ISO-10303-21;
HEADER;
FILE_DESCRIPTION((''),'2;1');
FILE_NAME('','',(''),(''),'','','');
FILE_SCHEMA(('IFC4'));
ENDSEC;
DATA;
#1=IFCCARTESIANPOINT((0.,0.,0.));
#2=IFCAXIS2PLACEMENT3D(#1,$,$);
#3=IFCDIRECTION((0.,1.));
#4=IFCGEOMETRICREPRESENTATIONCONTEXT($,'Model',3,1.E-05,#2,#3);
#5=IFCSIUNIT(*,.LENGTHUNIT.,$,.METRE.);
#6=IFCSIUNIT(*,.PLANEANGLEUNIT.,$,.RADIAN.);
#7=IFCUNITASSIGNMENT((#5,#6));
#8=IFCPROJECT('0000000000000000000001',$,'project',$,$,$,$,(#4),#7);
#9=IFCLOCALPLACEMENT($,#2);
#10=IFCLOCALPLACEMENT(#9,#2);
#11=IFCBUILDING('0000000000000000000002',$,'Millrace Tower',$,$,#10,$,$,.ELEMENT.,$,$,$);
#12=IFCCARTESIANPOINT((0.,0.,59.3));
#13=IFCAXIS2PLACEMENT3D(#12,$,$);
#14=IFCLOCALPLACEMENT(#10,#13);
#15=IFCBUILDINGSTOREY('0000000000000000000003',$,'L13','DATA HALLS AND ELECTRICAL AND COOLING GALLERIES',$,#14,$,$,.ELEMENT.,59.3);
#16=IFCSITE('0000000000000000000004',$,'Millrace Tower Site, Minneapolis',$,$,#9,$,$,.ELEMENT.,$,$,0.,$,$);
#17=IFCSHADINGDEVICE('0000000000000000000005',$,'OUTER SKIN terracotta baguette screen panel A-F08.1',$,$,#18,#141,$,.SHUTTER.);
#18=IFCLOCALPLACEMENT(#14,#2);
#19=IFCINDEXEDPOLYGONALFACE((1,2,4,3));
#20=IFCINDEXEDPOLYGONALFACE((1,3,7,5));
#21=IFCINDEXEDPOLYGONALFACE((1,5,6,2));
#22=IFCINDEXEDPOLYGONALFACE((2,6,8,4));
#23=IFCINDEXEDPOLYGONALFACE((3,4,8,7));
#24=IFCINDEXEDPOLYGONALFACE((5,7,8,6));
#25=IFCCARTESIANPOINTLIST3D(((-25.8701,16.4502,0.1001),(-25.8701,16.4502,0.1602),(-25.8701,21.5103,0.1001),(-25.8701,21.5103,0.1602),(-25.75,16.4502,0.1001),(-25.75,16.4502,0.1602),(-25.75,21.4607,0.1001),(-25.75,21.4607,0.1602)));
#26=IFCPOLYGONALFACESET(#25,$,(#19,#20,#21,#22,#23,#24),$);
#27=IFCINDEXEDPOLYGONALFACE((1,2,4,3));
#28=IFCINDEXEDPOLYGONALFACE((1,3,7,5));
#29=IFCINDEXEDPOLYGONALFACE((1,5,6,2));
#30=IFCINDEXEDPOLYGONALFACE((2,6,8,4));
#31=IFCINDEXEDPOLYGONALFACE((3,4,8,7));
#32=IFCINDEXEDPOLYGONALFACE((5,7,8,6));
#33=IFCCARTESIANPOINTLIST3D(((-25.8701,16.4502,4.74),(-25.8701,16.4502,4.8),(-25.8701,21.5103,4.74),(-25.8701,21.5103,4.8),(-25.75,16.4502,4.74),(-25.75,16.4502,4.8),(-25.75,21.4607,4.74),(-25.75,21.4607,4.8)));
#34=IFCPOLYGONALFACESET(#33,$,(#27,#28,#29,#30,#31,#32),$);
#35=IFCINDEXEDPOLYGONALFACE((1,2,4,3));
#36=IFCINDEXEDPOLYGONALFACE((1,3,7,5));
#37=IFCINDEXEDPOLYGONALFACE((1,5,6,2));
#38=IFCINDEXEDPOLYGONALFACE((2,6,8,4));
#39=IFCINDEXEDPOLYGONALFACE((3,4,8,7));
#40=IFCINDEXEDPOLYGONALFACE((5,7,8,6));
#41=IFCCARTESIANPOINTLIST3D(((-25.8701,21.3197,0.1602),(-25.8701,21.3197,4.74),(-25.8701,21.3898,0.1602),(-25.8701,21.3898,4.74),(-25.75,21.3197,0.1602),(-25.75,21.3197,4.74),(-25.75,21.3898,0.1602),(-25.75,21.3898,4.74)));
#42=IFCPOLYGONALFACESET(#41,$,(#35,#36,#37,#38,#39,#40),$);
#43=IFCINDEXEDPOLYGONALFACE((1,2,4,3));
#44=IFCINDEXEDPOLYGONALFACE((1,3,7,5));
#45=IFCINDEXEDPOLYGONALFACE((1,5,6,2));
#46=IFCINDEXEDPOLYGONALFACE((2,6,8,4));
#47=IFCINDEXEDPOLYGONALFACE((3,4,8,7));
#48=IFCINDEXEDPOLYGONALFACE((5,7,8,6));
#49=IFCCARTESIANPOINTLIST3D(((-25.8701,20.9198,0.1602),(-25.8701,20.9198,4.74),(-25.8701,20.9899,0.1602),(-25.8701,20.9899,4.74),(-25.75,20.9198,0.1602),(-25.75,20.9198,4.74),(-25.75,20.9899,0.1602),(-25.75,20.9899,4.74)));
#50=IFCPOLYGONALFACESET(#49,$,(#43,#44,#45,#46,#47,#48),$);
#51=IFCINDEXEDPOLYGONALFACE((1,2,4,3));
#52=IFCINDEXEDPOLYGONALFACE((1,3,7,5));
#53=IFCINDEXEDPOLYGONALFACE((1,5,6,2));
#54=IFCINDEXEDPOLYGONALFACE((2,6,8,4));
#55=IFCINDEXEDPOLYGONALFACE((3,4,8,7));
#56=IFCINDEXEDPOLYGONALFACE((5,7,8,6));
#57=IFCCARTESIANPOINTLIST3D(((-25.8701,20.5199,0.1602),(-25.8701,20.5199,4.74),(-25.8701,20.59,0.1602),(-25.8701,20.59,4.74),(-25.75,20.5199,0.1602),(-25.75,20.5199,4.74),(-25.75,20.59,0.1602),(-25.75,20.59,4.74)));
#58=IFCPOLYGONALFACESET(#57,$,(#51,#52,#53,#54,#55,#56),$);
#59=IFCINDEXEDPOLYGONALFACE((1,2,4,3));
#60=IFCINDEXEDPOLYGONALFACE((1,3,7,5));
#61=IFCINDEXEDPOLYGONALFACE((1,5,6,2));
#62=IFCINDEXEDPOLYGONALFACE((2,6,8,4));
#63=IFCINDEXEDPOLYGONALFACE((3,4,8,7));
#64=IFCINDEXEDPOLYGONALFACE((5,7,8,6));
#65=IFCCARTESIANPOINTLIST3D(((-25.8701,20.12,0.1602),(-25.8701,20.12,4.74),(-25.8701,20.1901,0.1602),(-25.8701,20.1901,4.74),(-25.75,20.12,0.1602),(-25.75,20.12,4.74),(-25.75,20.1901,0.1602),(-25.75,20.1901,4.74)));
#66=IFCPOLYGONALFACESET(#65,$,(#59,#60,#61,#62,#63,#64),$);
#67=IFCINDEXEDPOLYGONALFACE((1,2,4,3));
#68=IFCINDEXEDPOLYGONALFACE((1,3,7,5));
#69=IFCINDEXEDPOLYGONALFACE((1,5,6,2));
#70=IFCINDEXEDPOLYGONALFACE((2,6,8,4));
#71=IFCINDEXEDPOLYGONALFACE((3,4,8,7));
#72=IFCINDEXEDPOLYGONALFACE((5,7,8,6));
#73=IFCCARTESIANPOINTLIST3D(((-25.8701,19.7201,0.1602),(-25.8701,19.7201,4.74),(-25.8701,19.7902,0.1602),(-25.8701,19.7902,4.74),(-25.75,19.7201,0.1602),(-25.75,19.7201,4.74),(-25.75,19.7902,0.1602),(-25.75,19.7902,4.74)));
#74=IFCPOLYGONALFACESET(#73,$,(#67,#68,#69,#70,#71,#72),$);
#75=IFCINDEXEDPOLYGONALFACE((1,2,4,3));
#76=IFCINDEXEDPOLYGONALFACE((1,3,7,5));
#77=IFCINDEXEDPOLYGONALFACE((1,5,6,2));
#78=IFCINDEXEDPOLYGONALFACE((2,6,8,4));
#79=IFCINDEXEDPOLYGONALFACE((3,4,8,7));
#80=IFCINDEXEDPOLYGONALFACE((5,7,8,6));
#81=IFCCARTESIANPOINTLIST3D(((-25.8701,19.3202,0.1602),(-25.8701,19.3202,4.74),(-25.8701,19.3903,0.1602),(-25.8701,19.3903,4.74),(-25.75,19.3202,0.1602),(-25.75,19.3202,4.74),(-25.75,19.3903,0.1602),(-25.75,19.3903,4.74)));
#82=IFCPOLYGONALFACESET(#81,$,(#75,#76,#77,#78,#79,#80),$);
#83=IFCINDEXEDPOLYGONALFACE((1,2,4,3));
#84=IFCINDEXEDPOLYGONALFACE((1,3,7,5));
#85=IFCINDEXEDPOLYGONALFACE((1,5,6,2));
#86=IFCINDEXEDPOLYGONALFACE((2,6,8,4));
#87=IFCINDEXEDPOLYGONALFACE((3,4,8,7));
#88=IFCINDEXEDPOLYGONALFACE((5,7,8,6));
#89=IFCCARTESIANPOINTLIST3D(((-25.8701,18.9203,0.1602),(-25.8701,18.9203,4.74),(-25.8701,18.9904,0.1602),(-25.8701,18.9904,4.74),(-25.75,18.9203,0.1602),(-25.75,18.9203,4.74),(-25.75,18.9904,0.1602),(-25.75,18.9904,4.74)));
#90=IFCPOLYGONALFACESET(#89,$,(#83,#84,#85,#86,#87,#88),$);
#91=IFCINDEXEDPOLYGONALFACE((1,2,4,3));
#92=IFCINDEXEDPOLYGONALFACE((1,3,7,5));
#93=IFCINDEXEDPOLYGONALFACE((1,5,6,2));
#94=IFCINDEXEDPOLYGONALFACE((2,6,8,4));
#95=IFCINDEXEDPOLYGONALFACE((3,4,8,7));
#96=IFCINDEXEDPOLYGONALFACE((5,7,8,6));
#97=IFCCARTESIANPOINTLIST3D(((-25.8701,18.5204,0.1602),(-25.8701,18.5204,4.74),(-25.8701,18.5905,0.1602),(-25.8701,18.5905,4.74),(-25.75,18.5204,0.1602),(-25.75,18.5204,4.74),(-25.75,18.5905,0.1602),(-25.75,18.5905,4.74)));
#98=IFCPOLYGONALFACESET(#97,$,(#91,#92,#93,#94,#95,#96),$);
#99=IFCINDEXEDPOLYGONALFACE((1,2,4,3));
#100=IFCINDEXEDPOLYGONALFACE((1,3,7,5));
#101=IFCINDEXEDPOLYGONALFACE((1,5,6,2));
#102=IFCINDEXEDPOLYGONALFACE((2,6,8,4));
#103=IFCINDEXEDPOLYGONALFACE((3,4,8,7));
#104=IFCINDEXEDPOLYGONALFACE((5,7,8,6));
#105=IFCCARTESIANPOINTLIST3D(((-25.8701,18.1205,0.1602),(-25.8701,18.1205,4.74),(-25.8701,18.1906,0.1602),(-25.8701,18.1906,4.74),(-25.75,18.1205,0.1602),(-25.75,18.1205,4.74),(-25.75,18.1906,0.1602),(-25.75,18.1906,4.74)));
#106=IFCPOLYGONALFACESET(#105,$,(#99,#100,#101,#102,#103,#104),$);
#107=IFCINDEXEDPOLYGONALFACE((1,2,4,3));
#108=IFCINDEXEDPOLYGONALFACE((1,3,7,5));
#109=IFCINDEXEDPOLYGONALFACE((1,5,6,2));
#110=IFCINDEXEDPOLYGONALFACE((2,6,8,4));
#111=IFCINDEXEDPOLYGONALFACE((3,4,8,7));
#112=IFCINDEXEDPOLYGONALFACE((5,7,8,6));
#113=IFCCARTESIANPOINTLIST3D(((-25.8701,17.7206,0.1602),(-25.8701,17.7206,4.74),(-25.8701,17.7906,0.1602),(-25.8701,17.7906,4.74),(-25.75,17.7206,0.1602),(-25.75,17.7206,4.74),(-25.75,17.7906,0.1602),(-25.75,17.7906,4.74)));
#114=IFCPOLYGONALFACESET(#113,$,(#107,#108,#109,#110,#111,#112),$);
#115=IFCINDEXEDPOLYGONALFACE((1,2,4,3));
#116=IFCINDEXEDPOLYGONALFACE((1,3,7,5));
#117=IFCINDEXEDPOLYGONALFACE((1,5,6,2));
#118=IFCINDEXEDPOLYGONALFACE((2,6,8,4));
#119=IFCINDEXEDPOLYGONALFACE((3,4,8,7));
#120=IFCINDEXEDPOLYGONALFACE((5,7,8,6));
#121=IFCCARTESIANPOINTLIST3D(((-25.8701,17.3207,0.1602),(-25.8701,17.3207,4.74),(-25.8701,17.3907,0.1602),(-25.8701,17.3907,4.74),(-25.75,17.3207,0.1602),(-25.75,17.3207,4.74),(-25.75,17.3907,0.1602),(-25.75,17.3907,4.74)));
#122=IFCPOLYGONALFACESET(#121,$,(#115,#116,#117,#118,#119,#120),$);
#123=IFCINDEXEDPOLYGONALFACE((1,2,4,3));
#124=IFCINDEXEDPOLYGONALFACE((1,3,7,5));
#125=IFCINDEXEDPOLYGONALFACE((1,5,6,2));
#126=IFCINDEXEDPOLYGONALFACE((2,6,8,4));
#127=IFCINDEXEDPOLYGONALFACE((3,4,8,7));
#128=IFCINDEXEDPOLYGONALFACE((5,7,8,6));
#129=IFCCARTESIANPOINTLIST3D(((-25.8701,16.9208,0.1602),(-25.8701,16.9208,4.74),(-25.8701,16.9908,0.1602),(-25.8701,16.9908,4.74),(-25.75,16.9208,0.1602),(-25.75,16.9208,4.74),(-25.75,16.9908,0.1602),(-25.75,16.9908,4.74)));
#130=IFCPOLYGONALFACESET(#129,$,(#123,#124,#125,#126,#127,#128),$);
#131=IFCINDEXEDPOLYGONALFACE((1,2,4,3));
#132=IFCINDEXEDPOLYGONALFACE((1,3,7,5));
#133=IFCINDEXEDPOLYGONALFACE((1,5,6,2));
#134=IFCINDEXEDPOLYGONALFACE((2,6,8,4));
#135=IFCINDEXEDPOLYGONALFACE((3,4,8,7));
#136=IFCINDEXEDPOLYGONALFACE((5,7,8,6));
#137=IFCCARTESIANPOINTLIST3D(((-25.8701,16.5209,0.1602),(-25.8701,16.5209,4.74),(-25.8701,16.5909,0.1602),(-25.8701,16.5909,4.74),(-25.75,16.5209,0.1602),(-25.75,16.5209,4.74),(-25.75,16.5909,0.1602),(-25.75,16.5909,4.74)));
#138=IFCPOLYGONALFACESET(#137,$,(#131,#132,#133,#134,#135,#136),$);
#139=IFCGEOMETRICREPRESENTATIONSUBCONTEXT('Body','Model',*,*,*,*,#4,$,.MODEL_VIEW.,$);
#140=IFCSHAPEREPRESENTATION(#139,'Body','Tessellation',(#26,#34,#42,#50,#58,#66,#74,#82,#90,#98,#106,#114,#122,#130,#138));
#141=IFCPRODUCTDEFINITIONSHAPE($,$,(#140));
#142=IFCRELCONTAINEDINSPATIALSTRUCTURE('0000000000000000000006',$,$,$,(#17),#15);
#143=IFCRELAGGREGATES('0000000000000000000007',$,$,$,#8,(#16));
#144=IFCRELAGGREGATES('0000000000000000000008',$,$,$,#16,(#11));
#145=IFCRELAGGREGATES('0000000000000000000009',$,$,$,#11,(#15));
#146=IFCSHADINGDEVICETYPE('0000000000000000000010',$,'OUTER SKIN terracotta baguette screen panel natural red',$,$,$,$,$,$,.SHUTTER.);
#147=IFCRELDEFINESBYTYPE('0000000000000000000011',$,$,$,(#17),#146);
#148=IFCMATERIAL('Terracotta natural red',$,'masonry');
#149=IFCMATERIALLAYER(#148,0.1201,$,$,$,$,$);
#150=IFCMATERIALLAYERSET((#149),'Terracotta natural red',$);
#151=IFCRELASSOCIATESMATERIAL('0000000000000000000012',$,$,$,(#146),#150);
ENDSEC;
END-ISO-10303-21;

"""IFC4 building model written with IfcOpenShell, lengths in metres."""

from ifc_helpers import new_model, entity, si_unit, direction, frame, frame_2d, origin, place, context, subcontext, project, spatial, rectangle, extrude, source, transform, mapped, material, layer, layer_set, type_object, element, save


model = new_model("IFC4")

# Units and contexts
model_context = context("Model", 3, precision=1e-05, world=origin(), true_north=direction((0.0, 1.0)))
body_context = subcontext(model_context, "Body", "Model", "MODEL_VIEW")
ifc_project = project(units=[si_unit("LENGTHUNIT", "METRE"), si_unit("PLANEANGLEUNIT", "RADIAN")], contexts=[model_context])

# Site, building, storey
site_placement = place(None, origin())
site = spatial("IfcSite", under=ifc_project, at=site_placement, Name="Millrace Tower Site, Minneapolis", CompositionType="ELEMENT", RefElevation=0.0)
building_placement = place(site_placement, origin())
building = spatial("IfcBuilding", under=site, at=building_placement, Name="Millrace Tower", CompositionType="ELEMENT")
storey_placement = place(building_placement, frame((0.0, 0.0, 59.3)))
storey = spatial("IfcBuildingStorey", under=building, at=storey_placement, Name="L13", Description="DATA HALLS AND ELECTRICAL AND COOLING GALLERIES", CompositionType="ELEMENT", Elevation=59.3)

# Shading device
ifc_material_1 = material(Name="Terracotta natural red", Category="masonry")
ifc_layer_1 = layer(ifc_material_1, 0.1201)
ifc_layer_set_1 = layer_set([ifc_layer_1], Name="Terracotta natural red")
shading_device_type_1 = type_object("IfcShadingDeviceType", Name="OUTER SKIN terracotta baguette screen panel natural red", PredefinedType="SHUTTER", material=ifc_layer_set_1)
cartesian_point_1 = entity("IfcCartesianPoint", [-2.4929, 0.0601])
shared_polyline_1 = entity("IfcPolyline", [cartesian_point_1, entity("IfcCartesianPoint", [2.5176, 0.0601]), entity("IfcCartesianPoint", [2.5176, -0.0601]), entity("IfcCartesianPoint", [-2.5425, -0.0601]), cartesian_point_1])
shared_shape_1 = source(origin(), body_context, "Body", "SweptSolid", [
    entity("IfcExtrudedAreaSolid", entity("IfcArbitraryClosedProfileDef", "AREA", None, shared_polyline_1), entity("IfcAxis2Placement3D", entity("IfcCartesianPoint", [0.0, 0.0, 0.0])), entity("IfcDirection", [0.0, 0.0, 1.0]), 0.0601),
    entity("IfcExtrudedAreaSolid", entity("IfcArbitraryClosedProfileDef", "AREA", None, shared_polyline_1), entity("IfcAxis2Placement3D", entity("IfcCartesianPoint", [0.0, 0.0, 4.6399])), entity("IfcDirection", [0.0, 0.0, 1.0]), 0.0601),
    extrude(rectangle(XDim=0.0701, YDim=0.1201, at=frame_2d((-2.387, 0.0))), frame((0.0, 0.0, 0.0601)), (0.0, 0.0, 1.0), 4.5798),
    extrude(rectangle(XDim=0.0701, YDim=0.1201, at=frame_2d((-1.9871, 0.0))), frame((0.0, 0.0, 0.0601)), (0.0, 0.0, 1.0), 4.5798),
    extrude(rectangle(XDim=0.0701, YDim=0.1201, at=frame_2d((-1.5872, 0.0))), frame((0.0, 0.0, 0.0601)), (0.0, 0.0, 1.0), 4.5798),
    extrude(rectangle(XDim=0.0701, YDim=0.1201, at=frame_2d((-1.1873, 0.0))), frame((0.0, 0.0, 0.0601)), (0.0, 0.0, 1.0), 4.5798),
    extrude(rectangle(XDim=0.0701, YDim=0.1201, at=frame_2d((-0.7874, 0.0))), frame((0.0, 0.0, 0.0601)), (0.0, 0.0, 1.0), 4.5798),
    extrude(rectangle(XDim=0.0701, YDim=0.1201, at=frame_2d((-0.3875, 0.0))), frame((0.0, 0.0, 0.0601)), (0.0, 0.0, 1.0), 4.5798),
    extrude(rectangle(XDim=0.0701, YDim=0.1201, at=frame_2d((0.0125, 0.0))), frame((0.0, 0.0, 0.0601)), (0.0, 0.0, 1.0), 4.5798),
    extrude(rectangle(XDim=0.0701, YDim=0.1201, at=frame_2d((0.4124, 0.0))), frame((0.0, 0.0, 0.0601)), (0.0, 0.0, 1.0), 4.5798),
    extrude(rectangle(XDim=0.0701, YDim=0.1201, at=frame_2d((0.8123, 0.0))), frame((0.0, 0.0, 0.0601)), (0.0, 0.0, 1.0), 4.5798),
    extrude(rectangle(XDim=0.0701, YDim=0.1201, at=frame_2d((1.2122, 0.0))), frame((0.0, 0.0, 0.0601)), (0.0, 0.0, 1.0), 4.5798),
    extrude(rectangle(XDim=0.0701, YDim=0.1201, at=frame_2d((1.6121, 0.0))), frame((0.0, 0.0, 0.0601)), (0.0, 0.0, 1.0), 4.5798),
    extrude(rectangle(XDim=0.0701, YDim=0.1201, at=frame_2d((2.012, 0.0))), frame((0.0, 0.0, 0.0601)), (0.0, 0.0, 1.0), 4.5798),
    extrude(rectangle(XDim=0.0701, YDim=0.1201, at=frame_2d((2.4119, 0.0))), frame((0.0, 0.0, 0.0601)), (0.0, 0.0, 1.0), 4.5798),
])
shading_device_1_placement = place(storey_placement, frame((-25.8101, 18.9678, 0.1001), z_axis=(0.0, 0.0, 1.0), x_axis=(0.0, -1.0, 0.0)))
element("IfcShadingDevice", 1, at=shading_device_1_placement, inside=storey, type_object=shading_device_type_1, Name="OUTER SKIN terracotta baguette screen panel A-F08.1", PredefinedType="SHUTTER", context=body_context, shape_type="MappedRepresentation", body=[
    mapped(shared_shape_1, transform((0.0, 0.0, 0.0), scale=1.0)),
])

save(model, "model.ifc")
